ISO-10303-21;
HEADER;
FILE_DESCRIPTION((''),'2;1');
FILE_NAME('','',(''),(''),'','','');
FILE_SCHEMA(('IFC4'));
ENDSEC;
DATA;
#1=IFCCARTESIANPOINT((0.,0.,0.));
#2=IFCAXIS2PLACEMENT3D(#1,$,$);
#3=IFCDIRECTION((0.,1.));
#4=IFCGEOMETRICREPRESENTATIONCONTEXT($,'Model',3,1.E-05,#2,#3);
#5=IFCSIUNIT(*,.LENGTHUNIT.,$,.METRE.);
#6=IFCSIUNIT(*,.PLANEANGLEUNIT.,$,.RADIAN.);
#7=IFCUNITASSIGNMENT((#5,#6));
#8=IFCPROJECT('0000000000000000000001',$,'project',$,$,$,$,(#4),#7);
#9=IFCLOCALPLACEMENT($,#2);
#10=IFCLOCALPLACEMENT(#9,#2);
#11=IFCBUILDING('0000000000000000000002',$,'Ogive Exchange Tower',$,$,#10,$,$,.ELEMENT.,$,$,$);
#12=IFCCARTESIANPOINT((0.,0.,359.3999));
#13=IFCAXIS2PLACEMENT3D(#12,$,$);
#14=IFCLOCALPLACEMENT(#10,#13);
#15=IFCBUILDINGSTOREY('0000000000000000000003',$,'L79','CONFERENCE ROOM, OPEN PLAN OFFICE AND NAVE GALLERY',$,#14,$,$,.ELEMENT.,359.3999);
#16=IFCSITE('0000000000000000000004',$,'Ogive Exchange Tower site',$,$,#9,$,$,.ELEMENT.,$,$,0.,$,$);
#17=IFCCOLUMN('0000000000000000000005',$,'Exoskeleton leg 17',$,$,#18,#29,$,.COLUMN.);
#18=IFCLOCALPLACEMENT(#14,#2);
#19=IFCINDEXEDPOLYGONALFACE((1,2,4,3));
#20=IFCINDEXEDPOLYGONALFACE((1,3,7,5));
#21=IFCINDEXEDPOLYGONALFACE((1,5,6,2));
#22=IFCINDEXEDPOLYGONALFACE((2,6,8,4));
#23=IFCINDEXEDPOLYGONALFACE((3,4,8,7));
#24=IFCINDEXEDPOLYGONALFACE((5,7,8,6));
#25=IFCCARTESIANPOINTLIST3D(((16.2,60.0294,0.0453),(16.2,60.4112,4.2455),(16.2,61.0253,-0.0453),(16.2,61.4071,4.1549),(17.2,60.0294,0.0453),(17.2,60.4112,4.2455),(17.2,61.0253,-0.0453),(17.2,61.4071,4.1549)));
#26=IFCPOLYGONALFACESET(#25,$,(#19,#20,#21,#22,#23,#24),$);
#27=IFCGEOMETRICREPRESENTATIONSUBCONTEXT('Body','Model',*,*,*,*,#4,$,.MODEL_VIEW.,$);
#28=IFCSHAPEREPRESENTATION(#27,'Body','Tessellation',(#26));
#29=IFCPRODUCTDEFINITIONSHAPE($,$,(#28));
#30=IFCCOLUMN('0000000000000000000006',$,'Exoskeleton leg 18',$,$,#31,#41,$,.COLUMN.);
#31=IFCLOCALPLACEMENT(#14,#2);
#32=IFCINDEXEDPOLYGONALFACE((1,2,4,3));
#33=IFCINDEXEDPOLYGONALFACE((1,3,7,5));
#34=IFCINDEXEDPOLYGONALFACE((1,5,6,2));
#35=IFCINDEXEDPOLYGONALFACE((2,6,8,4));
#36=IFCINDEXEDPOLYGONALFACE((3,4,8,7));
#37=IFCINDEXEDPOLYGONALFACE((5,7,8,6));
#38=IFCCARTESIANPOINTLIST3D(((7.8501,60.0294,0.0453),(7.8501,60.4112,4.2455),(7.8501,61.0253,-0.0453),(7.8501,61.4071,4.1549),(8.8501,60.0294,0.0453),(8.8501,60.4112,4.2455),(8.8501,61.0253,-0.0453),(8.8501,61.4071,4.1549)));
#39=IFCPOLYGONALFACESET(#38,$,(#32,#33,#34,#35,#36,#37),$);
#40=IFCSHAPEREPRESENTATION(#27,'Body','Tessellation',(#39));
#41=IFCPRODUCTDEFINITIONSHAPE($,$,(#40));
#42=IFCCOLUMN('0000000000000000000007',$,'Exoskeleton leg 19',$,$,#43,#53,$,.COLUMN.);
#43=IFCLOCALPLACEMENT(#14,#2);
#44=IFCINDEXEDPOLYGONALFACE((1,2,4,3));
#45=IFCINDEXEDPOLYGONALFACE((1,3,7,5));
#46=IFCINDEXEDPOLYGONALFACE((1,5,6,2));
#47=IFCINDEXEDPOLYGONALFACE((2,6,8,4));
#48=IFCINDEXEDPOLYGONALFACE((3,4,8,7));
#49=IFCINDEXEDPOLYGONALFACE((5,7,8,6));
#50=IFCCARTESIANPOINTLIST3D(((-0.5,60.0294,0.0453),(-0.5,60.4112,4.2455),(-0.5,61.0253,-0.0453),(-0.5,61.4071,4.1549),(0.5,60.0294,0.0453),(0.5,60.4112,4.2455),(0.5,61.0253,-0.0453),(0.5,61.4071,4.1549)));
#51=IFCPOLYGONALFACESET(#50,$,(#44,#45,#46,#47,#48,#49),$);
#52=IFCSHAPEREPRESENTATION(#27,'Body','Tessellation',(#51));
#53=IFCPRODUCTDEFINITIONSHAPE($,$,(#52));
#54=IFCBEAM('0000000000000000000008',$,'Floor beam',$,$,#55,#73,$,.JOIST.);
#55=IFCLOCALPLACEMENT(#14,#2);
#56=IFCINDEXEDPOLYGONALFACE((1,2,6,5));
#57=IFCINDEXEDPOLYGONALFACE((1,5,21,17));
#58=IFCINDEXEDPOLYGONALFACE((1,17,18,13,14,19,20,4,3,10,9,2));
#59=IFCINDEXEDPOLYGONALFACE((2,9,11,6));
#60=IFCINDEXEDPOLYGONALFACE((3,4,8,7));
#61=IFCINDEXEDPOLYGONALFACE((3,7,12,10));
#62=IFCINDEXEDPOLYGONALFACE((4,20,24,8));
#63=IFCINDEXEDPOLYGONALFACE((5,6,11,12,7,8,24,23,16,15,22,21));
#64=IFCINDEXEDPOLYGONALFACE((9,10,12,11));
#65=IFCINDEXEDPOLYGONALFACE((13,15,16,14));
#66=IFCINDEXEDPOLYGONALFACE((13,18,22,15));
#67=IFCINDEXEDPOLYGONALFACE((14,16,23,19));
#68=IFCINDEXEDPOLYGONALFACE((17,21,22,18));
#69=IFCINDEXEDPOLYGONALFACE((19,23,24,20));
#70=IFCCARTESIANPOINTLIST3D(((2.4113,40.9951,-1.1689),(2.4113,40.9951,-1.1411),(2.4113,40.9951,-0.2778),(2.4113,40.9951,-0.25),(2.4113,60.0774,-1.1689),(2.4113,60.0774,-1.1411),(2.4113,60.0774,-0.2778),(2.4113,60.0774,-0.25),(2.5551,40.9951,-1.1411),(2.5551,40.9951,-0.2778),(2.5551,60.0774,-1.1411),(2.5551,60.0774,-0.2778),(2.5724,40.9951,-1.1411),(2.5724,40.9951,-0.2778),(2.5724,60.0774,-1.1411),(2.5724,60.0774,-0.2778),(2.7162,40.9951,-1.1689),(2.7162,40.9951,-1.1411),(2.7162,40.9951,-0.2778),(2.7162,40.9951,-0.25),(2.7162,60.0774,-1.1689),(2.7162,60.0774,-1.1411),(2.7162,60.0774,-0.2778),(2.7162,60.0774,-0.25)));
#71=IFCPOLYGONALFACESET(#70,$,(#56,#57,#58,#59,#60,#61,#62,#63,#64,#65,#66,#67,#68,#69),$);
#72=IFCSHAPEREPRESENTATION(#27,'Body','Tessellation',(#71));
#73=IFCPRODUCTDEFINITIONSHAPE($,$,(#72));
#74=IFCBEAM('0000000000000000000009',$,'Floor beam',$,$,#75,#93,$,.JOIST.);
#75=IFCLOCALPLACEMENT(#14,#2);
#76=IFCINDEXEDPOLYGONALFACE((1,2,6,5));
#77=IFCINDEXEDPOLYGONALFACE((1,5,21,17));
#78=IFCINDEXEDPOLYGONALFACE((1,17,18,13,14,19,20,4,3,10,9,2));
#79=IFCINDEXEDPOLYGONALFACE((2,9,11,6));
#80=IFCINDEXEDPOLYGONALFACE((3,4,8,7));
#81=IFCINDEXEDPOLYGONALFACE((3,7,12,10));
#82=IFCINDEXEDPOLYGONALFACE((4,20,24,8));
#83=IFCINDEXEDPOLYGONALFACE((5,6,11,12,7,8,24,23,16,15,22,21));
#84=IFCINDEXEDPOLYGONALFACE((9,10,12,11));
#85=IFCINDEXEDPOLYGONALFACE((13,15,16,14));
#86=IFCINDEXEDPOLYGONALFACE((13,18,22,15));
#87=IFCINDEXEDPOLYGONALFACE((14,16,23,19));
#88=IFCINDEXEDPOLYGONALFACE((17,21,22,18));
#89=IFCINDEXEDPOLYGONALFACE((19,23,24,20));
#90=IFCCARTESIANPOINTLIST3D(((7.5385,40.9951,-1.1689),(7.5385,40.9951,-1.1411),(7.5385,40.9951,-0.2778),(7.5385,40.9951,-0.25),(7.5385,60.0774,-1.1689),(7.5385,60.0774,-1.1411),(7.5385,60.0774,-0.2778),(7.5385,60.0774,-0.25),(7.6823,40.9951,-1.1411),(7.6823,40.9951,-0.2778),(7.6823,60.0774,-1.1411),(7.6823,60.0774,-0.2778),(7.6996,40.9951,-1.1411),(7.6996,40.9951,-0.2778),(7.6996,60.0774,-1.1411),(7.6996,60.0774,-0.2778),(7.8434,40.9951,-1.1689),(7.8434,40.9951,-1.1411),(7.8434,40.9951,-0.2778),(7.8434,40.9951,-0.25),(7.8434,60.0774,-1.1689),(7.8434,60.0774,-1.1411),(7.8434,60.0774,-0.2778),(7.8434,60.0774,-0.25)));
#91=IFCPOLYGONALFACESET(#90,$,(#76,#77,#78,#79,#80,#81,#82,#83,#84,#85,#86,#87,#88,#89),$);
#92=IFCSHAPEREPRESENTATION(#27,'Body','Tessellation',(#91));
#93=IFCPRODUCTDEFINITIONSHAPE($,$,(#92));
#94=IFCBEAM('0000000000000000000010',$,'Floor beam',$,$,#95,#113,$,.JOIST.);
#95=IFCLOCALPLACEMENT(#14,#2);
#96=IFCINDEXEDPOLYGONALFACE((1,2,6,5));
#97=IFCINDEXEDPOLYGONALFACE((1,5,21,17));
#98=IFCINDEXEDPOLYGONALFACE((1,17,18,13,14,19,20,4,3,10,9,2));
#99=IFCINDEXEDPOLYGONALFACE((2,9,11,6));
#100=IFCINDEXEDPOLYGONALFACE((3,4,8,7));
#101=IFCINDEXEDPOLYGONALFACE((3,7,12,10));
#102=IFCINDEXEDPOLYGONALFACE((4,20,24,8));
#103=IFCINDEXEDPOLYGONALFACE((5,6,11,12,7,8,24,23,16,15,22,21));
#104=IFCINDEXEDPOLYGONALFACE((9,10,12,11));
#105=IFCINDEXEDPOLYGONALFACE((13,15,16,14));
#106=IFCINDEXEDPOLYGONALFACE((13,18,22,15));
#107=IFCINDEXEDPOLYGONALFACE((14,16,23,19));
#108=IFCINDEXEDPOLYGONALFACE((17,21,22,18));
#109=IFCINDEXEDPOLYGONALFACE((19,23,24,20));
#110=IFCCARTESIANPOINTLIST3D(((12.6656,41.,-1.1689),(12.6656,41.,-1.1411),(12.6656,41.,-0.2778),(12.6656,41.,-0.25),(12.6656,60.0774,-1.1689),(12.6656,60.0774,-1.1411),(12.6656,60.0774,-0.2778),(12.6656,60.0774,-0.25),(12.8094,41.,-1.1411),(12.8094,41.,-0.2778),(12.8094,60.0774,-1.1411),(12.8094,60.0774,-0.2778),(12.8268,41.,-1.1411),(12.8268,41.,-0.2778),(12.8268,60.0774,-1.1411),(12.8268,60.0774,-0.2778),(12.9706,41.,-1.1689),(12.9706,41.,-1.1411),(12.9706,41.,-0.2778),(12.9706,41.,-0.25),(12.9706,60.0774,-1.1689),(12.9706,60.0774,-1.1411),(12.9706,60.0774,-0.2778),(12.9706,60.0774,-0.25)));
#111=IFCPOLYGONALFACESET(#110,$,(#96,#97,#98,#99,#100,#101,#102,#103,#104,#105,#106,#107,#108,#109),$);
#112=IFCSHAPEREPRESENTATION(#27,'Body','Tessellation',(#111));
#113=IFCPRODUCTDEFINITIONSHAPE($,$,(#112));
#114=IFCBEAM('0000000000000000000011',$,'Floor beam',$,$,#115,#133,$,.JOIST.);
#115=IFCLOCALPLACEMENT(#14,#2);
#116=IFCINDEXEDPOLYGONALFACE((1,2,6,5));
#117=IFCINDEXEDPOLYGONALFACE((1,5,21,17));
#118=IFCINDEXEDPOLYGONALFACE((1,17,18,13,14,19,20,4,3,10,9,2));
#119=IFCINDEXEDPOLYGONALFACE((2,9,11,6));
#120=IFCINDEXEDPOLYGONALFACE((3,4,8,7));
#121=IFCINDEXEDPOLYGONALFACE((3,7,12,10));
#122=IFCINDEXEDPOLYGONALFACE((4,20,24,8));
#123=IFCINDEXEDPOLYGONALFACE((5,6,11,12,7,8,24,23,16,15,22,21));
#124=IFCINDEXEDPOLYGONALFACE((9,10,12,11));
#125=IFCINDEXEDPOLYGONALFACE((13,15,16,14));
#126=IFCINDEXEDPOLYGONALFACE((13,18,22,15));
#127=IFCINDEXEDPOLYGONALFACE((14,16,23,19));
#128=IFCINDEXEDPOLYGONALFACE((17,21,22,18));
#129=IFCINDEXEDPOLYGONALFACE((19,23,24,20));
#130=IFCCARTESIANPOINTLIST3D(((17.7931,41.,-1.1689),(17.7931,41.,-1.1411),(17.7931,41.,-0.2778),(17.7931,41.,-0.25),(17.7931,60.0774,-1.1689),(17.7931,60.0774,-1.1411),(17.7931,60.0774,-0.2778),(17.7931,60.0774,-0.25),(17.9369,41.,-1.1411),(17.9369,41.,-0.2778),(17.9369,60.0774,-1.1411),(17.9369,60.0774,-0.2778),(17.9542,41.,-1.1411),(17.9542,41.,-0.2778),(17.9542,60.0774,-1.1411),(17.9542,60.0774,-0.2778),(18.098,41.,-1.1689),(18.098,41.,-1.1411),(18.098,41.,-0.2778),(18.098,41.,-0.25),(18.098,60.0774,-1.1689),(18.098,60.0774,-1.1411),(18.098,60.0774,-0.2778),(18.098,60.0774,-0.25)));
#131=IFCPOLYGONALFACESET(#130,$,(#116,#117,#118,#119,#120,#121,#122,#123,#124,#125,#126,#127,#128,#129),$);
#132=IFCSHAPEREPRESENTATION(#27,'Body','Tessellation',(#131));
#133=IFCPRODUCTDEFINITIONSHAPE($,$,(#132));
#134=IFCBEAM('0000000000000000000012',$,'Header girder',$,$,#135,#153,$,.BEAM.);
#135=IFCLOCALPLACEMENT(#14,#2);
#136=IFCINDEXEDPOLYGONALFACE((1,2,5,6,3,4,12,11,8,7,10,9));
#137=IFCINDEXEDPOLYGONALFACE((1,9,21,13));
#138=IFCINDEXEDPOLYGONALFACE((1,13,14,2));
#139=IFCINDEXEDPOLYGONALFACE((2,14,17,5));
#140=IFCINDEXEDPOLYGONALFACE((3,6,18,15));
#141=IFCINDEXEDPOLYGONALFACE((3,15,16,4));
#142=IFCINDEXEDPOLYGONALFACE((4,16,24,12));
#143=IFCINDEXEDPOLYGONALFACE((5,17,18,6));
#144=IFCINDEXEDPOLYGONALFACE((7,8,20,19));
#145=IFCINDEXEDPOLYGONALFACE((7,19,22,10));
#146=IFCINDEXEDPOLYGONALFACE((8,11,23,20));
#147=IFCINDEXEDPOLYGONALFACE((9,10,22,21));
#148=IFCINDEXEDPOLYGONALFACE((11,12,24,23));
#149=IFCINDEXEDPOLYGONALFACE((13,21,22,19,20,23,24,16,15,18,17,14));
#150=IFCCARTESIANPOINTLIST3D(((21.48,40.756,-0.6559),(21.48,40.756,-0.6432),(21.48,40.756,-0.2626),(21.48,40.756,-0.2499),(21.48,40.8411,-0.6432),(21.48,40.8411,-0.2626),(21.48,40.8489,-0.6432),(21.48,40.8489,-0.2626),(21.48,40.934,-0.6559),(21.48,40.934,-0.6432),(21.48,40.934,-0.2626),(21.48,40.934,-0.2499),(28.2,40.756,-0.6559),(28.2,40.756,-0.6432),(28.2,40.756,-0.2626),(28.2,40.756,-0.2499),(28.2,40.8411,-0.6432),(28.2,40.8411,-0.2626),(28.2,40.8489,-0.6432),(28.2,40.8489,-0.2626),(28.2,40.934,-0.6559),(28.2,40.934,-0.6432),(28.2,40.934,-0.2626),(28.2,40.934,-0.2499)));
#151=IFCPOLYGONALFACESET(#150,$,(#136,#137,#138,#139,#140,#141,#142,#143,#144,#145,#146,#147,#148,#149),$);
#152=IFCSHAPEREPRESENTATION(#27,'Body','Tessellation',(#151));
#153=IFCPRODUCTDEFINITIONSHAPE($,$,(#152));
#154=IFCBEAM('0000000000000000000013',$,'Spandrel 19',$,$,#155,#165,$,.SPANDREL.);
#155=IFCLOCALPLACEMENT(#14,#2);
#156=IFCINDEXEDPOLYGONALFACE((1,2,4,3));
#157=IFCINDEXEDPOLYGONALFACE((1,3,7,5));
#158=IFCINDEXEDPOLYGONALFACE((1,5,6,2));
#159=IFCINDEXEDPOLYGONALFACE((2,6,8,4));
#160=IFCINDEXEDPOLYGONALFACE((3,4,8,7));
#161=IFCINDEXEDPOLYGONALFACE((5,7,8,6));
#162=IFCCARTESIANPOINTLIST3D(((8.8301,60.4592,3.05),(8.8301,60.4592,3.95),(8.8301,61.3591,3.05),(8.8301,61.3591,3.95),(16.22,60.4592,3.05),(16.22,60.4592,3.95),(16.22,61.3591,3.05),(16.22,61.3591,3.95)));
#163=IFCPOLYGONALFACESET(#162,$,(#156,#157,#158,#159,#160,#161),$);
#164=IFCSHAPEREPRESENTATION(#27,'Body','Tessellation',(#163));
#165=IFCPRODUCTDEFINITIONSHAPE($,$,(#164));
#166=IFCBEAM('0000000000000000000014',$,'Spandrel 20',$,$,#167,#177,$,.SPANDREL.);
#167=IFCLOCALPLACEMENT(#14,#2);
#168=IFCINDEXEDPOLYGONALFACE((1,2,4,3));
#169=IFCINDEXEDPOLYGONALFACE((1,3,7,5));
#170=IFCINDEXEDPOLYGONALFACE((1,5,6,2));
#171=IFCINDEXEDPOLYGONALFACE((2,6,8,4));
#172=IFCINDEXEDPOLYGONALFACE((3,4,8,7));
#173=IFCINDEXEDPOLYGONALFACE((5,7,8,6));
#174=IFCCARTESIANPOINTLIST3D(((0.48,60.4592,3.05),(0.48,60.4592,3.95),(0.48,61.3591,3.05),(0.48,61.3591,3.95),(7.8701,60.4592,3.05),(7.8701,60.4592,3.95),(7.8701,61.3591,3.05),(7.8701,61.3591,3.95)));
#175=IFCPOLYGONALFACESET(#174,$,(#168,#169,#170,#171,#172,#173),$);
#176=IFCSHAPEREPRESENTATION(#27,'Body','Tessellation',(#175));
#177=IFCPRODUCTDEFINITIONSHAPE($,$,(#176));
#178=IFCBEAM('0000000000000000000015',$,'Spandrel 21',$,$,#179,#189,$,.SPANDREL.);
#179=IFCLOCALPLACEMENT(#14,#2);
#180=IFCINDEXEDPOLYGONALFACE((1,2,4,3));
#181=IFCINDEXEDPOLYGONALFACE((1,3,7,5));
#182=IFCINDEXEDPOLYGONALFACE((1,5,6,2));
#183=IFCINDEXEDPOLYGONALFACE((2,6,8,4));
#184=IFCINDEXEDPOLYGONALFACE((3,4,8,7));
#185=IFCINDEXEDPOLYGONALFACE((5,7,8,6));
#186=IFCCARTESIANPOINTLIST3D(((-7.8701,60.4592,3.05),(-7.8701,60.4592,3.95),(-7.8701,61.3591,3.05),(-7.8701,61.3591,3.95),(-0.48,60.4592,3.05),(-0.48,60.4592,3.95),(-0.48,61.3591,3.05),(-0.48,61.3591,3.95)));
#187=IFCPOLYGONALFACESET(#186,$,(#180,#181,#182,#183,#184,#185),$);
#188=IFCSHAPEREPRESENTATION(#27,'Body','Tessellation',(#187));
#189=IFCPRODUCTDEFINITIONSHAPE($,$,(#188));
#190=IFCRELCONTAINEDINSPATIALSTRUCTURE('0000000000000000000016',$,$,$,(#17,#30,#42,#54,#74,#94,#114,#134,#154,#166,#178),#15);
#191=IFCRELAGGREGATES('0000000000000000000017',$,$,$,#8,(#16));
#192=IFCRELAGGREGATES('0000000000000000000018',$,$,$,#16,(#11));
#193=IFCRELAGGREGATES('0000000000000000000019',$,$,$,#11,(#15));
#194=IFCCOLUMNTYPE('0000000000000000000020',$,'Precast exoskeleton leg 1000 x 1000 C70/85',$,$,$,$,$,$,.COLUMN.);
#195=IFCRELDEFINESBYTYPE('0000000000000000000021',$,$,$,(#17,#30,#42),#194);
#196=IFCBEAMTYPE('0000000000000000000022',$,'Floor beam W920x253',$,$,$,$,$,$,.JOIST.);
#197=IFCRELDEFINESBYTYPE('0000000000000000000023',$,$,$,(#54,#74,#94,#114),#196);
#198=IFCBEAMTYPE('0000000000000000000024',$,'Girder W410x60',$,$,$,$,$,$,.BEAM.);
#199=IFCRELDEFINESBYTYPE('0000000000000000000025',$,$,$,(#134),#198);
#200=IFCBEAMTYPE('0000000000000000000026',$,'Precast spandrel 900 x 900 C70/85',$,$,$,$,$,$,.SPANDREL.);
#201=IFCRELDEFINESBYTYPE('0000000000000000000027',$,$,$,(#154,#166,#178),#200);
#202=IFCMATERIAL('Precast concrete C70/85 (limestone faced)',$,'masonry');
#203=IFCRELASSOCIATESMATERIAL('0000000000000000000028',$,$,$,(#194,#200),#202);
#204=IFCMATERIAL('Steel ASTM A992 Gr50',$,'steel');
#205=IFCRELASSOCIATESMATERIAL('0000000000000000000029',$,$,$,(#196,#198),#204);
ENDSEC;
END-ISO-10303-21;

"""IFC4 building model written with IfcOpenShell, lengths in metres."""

from ifc_helpers import new_model, si_unit, direction, frame, origin, origin_2d, place, context, subcontext, project, spatial, rectangle, i_section, extrude, material, material_profile, profile_set, type_object, element, save


model = new_model("IFC4")

# Units and contexts
model_context = context("Model", 3, precision=1e-05, world=origin(), true_north=direction((0.0, 1.0)))
body_context = subcontext(model_context, "Body", "Model", "MODEL_VIEW")
ifc_project = project(units=[si_unit("LENGTHUNIT", "METRE"), si_unit("PLANEANGLEUNIT", "RADIAN")], contexts=[model_context])

# Site, building, storey
site_placement = place(None, origin())
site = spatial("IfcSite", under=ifc_project, at=site_placement, Name="Ogive Exchange Tower site", CompositionType="ELEMENT", RefElevation=0.0)
building_placement = place(site_placement, origin())
building = spatial("IfcBuilding", under=site, at=building_placement, Name="Ogive Exchange Tower", CompositionType="ELEMENT")
storey_placement = place(building_placement, frame((0.0, 0.0, 359.3999)))
storey = spatial("IfcBuildingStorey", under=building, at=storey_placement, Name="L79", Description="CONFERENCE ROOM, OPEN PLAN OFFICE AND NAVE GALLERY", CompositionType="ELEMENT", Elevation=359.3999)

# Columns
ifc_material_1 = material(Name="Precast concrete C70/85 (limestone faced)", Category="masonry")
ifc_material_profile_1 = material_profile(ifc_material_1, rectangle(XDim=1.0, YDim=1.0, at=origin_2d()), Name="1000 x 1000")
ifc_profile_set_1 = profile_set([ifc_material_profile_1], Name="Precast concrete C70/85 (limestone faced)")
column_type = type_object("IfcColumnType", Name="Precast exoskeleton leg 1000 x 1000 C70/85", PredefinedType="COLUMN", material=ifc_profile_set_1)
for number, where, z_axis, x_axis, name in (
    (1, (16.7, 60.5273, 0.0), (0.0, 0.090536, 0.995893), (-1.0, 0.0, 0.0), "Exoskeleton leg 17"),
    (2, (8.3501, 60.5273, 0.0), (0.0, 0.090536, 0.995893), (-1.0, 0.0, 0.0), "Exoskeleton leg 18"),
    (3, (0.0, 60.5273, 0.0), (0.0, 0.090536, 0.995893), (-1.0, 0.0, 0.0), "Exoskeleton leg 19"),
):
    element("IfcColumn", number, at=place(storey_placement, frame(where, z_axis=z_axis, x_axis=x_axis)), inside=storey, type_object=column_type, Name=name, PredefinedType="COLUMN", context=body_context, shape_type="SweptSolid", body=[
        extrude(rectangle(XDim=1.0, YDim=1.0, at=origin_2d()), origin(), (0.0, 0.0, 1.0), 4.2175),
    ])

# Beams
ifc_material_2 = material(Name="Steel ASTM A992 Gr50", Category="steel")
ifc_material_profile_2 = material_profile(ifc_material_2, i_section(OverallWidth=0.3049, OverallDepth=0.9189, WebThickness=0.0173, FlangeThickness=0.0278, at=origin_2d()), Name="W920x253")
ifc_profile_set_2 = profile_set([ifc_material_profile_2], Name="Steel ASTM A992 Gr50")
beam_type_1 = type_object("IfcBeamType", Name="Floor beam W920x253", PredefinedType="JOIST", material=ifc_profile_set_2)
for number, where, z_axis, x_axis, name in (
    (4, (2.5637, 40.9951, -0.7095), (0.0, 1.0, 0.0), (-1.0, 0.0, 0.0), "Floor beam"),
    (5, (7.6909, 40.9951, -0.7095), (0.0, 1.0, 0.0), (-1.0, 0.0, 0.0), "Floor beam"),
):
    element("IfcBeam", number, at=place(storey_placement, frame(where, z_axis=z_axis, x_axis=x_axis)), inside=storey, type_object=beam_type_1, Name=name, PredefinedType="JOIST", context=body_context, shape_type="SweptSolid", body=[
        extrude(i_section(OverallWidth=0.3049, OverallDepth=0.9189, WebThickness=0.0173, FlangeThickness=0.0278, at=origin_2d()), origin(), (0.0, 0.0, 1.0), 19.0823),
    ])
for number, where, z_axis, x_axis, name in (
    (6, (12.8181, 41.0, -0.7095), (0.0, 1.0, 0.0), (-1.0, 0.0, 0.0), "Floor beam"),
    (7, (17.9456, 41.0, -0.7095), (0.0, 1.0, 0.0), (-1.0, 0.0, 0.0), "Floor beam"),
):
    element("IfcBeam", number, at=place(storey_placement, frame(where, z_axis=z_axis, x_axis=x_axis)), inside=storey, type_object=beam_type_1, Name=name, PredefinedType="JOIST", context=body_context, shape_type="SweptSolid", body=[
        extrude(i_section(OverallWidth=0.3049, OverallDepth=0.9189, WebThickness=0.0173, FlangeThickness=0.0278, at=origin_2d()), origin(), (0.0, 0.0, 1.0), 19.0774),
    ])
ifc_material_profile_3 = material_profile(ifc_material_2, i_section(OverallWidth=0.178, OverallDepth=0.406, WebThickness=0.0078, FlangeThickness=0.0127, at=origin_2d()), Name="W410x60")
ifc_profile_set_3 = profile_set([ifc_material_profile_3], Name="Steel ASTM A992 Gr50")
beam_type_2 = type_object("IfcBeamType", Name="Girder W410x60", PredefinedType="BEAM", material=ifc_profile_set_3)
beam_1_placement = place(storey_placement, frame((21.48, 40.845, -0.4529), z_axis=(1.0, 0.0, 0.0), x_axis=(0.0, 1.0, 0.0)))
element("IfcBeam", 8, at=beam_1_placement, inside=storey, type_object=beam_type_2, Name="Header girder", PredefinedType="BEAM", context=body_context, shape_type="SweptSolid", body=[
    extrude(i_section(OverallWidth=0.178, OverallDepth=0.406, WebThickness=0.0078, FlangeThickness=0.0127, at=origin_2d()), origin(), (0.0, 0.0, 1.0), 6.72),
])
ifc_material_profile_4 = material_profile(ifc_material_1, rectangle(XDim=0.8999, YDim=0.8999, at=origin_2d()), Name="900 x 900")
ifc_profile_set_4 = profile_set([ifc_material_profile_4], Name="Precast concrete C70/85 (limestone faced)")
beam_type_3 = type_object("IfcBeamType", Name="Precast spandrel 900 x 900 C70/85", PredefinedType="SPANDREL", material=ifc_profile_set_4)
beam_2_placement = place(storey_placement, frame((16.22, 60.9092, 3.5), z_axis=(-1.0, 0.0, 0.0), x_axis=(0.0, -1.0, 0.0)))
element("IfcBeam", 9, at=beam_2_placement, inside=storey, type_object=beam_type_3, Name="Spandrel 19", PredefinedType="SPANDREL", context=body_context, shape_type="SweptSolid", body=[
    extrude(rectangle(XDim=0.8999, YDim=0.8999, at=origin_2d()), origin(), (0.0, 0.0, 1.0), 7.3899),
])
for number, where, z_axis, x_axis, name in (
    (10, (7.8701, 60.9092, 3.5), (-1.0, 0.0, 0.0), (0.0, -1.0, 0.0), "Spandrel 20"),
    (11, (-0.48, 60.9092, 3.5), (-1.0, 0.0, 0.0), (0.0, -1.0, 0.0), "Spandrel 21"),
):
    element("IfcBeam", number, at=place(storey_placement, frame(where, z_axis=z_axis, x_axis=x_axis)), inside=storey, type_object=beam_type_3, Name=name, PredefinedType="SPANDREL", context=body_context, shape_type="SweptSolid", body=[
        extrude(rectangle(XDim=0.8999, YDim=0.8999, at=origin_2d()), origin(), (0.0, 0.0, 1.0), 7.3901),
    ])

save(model, "model.ifc")
